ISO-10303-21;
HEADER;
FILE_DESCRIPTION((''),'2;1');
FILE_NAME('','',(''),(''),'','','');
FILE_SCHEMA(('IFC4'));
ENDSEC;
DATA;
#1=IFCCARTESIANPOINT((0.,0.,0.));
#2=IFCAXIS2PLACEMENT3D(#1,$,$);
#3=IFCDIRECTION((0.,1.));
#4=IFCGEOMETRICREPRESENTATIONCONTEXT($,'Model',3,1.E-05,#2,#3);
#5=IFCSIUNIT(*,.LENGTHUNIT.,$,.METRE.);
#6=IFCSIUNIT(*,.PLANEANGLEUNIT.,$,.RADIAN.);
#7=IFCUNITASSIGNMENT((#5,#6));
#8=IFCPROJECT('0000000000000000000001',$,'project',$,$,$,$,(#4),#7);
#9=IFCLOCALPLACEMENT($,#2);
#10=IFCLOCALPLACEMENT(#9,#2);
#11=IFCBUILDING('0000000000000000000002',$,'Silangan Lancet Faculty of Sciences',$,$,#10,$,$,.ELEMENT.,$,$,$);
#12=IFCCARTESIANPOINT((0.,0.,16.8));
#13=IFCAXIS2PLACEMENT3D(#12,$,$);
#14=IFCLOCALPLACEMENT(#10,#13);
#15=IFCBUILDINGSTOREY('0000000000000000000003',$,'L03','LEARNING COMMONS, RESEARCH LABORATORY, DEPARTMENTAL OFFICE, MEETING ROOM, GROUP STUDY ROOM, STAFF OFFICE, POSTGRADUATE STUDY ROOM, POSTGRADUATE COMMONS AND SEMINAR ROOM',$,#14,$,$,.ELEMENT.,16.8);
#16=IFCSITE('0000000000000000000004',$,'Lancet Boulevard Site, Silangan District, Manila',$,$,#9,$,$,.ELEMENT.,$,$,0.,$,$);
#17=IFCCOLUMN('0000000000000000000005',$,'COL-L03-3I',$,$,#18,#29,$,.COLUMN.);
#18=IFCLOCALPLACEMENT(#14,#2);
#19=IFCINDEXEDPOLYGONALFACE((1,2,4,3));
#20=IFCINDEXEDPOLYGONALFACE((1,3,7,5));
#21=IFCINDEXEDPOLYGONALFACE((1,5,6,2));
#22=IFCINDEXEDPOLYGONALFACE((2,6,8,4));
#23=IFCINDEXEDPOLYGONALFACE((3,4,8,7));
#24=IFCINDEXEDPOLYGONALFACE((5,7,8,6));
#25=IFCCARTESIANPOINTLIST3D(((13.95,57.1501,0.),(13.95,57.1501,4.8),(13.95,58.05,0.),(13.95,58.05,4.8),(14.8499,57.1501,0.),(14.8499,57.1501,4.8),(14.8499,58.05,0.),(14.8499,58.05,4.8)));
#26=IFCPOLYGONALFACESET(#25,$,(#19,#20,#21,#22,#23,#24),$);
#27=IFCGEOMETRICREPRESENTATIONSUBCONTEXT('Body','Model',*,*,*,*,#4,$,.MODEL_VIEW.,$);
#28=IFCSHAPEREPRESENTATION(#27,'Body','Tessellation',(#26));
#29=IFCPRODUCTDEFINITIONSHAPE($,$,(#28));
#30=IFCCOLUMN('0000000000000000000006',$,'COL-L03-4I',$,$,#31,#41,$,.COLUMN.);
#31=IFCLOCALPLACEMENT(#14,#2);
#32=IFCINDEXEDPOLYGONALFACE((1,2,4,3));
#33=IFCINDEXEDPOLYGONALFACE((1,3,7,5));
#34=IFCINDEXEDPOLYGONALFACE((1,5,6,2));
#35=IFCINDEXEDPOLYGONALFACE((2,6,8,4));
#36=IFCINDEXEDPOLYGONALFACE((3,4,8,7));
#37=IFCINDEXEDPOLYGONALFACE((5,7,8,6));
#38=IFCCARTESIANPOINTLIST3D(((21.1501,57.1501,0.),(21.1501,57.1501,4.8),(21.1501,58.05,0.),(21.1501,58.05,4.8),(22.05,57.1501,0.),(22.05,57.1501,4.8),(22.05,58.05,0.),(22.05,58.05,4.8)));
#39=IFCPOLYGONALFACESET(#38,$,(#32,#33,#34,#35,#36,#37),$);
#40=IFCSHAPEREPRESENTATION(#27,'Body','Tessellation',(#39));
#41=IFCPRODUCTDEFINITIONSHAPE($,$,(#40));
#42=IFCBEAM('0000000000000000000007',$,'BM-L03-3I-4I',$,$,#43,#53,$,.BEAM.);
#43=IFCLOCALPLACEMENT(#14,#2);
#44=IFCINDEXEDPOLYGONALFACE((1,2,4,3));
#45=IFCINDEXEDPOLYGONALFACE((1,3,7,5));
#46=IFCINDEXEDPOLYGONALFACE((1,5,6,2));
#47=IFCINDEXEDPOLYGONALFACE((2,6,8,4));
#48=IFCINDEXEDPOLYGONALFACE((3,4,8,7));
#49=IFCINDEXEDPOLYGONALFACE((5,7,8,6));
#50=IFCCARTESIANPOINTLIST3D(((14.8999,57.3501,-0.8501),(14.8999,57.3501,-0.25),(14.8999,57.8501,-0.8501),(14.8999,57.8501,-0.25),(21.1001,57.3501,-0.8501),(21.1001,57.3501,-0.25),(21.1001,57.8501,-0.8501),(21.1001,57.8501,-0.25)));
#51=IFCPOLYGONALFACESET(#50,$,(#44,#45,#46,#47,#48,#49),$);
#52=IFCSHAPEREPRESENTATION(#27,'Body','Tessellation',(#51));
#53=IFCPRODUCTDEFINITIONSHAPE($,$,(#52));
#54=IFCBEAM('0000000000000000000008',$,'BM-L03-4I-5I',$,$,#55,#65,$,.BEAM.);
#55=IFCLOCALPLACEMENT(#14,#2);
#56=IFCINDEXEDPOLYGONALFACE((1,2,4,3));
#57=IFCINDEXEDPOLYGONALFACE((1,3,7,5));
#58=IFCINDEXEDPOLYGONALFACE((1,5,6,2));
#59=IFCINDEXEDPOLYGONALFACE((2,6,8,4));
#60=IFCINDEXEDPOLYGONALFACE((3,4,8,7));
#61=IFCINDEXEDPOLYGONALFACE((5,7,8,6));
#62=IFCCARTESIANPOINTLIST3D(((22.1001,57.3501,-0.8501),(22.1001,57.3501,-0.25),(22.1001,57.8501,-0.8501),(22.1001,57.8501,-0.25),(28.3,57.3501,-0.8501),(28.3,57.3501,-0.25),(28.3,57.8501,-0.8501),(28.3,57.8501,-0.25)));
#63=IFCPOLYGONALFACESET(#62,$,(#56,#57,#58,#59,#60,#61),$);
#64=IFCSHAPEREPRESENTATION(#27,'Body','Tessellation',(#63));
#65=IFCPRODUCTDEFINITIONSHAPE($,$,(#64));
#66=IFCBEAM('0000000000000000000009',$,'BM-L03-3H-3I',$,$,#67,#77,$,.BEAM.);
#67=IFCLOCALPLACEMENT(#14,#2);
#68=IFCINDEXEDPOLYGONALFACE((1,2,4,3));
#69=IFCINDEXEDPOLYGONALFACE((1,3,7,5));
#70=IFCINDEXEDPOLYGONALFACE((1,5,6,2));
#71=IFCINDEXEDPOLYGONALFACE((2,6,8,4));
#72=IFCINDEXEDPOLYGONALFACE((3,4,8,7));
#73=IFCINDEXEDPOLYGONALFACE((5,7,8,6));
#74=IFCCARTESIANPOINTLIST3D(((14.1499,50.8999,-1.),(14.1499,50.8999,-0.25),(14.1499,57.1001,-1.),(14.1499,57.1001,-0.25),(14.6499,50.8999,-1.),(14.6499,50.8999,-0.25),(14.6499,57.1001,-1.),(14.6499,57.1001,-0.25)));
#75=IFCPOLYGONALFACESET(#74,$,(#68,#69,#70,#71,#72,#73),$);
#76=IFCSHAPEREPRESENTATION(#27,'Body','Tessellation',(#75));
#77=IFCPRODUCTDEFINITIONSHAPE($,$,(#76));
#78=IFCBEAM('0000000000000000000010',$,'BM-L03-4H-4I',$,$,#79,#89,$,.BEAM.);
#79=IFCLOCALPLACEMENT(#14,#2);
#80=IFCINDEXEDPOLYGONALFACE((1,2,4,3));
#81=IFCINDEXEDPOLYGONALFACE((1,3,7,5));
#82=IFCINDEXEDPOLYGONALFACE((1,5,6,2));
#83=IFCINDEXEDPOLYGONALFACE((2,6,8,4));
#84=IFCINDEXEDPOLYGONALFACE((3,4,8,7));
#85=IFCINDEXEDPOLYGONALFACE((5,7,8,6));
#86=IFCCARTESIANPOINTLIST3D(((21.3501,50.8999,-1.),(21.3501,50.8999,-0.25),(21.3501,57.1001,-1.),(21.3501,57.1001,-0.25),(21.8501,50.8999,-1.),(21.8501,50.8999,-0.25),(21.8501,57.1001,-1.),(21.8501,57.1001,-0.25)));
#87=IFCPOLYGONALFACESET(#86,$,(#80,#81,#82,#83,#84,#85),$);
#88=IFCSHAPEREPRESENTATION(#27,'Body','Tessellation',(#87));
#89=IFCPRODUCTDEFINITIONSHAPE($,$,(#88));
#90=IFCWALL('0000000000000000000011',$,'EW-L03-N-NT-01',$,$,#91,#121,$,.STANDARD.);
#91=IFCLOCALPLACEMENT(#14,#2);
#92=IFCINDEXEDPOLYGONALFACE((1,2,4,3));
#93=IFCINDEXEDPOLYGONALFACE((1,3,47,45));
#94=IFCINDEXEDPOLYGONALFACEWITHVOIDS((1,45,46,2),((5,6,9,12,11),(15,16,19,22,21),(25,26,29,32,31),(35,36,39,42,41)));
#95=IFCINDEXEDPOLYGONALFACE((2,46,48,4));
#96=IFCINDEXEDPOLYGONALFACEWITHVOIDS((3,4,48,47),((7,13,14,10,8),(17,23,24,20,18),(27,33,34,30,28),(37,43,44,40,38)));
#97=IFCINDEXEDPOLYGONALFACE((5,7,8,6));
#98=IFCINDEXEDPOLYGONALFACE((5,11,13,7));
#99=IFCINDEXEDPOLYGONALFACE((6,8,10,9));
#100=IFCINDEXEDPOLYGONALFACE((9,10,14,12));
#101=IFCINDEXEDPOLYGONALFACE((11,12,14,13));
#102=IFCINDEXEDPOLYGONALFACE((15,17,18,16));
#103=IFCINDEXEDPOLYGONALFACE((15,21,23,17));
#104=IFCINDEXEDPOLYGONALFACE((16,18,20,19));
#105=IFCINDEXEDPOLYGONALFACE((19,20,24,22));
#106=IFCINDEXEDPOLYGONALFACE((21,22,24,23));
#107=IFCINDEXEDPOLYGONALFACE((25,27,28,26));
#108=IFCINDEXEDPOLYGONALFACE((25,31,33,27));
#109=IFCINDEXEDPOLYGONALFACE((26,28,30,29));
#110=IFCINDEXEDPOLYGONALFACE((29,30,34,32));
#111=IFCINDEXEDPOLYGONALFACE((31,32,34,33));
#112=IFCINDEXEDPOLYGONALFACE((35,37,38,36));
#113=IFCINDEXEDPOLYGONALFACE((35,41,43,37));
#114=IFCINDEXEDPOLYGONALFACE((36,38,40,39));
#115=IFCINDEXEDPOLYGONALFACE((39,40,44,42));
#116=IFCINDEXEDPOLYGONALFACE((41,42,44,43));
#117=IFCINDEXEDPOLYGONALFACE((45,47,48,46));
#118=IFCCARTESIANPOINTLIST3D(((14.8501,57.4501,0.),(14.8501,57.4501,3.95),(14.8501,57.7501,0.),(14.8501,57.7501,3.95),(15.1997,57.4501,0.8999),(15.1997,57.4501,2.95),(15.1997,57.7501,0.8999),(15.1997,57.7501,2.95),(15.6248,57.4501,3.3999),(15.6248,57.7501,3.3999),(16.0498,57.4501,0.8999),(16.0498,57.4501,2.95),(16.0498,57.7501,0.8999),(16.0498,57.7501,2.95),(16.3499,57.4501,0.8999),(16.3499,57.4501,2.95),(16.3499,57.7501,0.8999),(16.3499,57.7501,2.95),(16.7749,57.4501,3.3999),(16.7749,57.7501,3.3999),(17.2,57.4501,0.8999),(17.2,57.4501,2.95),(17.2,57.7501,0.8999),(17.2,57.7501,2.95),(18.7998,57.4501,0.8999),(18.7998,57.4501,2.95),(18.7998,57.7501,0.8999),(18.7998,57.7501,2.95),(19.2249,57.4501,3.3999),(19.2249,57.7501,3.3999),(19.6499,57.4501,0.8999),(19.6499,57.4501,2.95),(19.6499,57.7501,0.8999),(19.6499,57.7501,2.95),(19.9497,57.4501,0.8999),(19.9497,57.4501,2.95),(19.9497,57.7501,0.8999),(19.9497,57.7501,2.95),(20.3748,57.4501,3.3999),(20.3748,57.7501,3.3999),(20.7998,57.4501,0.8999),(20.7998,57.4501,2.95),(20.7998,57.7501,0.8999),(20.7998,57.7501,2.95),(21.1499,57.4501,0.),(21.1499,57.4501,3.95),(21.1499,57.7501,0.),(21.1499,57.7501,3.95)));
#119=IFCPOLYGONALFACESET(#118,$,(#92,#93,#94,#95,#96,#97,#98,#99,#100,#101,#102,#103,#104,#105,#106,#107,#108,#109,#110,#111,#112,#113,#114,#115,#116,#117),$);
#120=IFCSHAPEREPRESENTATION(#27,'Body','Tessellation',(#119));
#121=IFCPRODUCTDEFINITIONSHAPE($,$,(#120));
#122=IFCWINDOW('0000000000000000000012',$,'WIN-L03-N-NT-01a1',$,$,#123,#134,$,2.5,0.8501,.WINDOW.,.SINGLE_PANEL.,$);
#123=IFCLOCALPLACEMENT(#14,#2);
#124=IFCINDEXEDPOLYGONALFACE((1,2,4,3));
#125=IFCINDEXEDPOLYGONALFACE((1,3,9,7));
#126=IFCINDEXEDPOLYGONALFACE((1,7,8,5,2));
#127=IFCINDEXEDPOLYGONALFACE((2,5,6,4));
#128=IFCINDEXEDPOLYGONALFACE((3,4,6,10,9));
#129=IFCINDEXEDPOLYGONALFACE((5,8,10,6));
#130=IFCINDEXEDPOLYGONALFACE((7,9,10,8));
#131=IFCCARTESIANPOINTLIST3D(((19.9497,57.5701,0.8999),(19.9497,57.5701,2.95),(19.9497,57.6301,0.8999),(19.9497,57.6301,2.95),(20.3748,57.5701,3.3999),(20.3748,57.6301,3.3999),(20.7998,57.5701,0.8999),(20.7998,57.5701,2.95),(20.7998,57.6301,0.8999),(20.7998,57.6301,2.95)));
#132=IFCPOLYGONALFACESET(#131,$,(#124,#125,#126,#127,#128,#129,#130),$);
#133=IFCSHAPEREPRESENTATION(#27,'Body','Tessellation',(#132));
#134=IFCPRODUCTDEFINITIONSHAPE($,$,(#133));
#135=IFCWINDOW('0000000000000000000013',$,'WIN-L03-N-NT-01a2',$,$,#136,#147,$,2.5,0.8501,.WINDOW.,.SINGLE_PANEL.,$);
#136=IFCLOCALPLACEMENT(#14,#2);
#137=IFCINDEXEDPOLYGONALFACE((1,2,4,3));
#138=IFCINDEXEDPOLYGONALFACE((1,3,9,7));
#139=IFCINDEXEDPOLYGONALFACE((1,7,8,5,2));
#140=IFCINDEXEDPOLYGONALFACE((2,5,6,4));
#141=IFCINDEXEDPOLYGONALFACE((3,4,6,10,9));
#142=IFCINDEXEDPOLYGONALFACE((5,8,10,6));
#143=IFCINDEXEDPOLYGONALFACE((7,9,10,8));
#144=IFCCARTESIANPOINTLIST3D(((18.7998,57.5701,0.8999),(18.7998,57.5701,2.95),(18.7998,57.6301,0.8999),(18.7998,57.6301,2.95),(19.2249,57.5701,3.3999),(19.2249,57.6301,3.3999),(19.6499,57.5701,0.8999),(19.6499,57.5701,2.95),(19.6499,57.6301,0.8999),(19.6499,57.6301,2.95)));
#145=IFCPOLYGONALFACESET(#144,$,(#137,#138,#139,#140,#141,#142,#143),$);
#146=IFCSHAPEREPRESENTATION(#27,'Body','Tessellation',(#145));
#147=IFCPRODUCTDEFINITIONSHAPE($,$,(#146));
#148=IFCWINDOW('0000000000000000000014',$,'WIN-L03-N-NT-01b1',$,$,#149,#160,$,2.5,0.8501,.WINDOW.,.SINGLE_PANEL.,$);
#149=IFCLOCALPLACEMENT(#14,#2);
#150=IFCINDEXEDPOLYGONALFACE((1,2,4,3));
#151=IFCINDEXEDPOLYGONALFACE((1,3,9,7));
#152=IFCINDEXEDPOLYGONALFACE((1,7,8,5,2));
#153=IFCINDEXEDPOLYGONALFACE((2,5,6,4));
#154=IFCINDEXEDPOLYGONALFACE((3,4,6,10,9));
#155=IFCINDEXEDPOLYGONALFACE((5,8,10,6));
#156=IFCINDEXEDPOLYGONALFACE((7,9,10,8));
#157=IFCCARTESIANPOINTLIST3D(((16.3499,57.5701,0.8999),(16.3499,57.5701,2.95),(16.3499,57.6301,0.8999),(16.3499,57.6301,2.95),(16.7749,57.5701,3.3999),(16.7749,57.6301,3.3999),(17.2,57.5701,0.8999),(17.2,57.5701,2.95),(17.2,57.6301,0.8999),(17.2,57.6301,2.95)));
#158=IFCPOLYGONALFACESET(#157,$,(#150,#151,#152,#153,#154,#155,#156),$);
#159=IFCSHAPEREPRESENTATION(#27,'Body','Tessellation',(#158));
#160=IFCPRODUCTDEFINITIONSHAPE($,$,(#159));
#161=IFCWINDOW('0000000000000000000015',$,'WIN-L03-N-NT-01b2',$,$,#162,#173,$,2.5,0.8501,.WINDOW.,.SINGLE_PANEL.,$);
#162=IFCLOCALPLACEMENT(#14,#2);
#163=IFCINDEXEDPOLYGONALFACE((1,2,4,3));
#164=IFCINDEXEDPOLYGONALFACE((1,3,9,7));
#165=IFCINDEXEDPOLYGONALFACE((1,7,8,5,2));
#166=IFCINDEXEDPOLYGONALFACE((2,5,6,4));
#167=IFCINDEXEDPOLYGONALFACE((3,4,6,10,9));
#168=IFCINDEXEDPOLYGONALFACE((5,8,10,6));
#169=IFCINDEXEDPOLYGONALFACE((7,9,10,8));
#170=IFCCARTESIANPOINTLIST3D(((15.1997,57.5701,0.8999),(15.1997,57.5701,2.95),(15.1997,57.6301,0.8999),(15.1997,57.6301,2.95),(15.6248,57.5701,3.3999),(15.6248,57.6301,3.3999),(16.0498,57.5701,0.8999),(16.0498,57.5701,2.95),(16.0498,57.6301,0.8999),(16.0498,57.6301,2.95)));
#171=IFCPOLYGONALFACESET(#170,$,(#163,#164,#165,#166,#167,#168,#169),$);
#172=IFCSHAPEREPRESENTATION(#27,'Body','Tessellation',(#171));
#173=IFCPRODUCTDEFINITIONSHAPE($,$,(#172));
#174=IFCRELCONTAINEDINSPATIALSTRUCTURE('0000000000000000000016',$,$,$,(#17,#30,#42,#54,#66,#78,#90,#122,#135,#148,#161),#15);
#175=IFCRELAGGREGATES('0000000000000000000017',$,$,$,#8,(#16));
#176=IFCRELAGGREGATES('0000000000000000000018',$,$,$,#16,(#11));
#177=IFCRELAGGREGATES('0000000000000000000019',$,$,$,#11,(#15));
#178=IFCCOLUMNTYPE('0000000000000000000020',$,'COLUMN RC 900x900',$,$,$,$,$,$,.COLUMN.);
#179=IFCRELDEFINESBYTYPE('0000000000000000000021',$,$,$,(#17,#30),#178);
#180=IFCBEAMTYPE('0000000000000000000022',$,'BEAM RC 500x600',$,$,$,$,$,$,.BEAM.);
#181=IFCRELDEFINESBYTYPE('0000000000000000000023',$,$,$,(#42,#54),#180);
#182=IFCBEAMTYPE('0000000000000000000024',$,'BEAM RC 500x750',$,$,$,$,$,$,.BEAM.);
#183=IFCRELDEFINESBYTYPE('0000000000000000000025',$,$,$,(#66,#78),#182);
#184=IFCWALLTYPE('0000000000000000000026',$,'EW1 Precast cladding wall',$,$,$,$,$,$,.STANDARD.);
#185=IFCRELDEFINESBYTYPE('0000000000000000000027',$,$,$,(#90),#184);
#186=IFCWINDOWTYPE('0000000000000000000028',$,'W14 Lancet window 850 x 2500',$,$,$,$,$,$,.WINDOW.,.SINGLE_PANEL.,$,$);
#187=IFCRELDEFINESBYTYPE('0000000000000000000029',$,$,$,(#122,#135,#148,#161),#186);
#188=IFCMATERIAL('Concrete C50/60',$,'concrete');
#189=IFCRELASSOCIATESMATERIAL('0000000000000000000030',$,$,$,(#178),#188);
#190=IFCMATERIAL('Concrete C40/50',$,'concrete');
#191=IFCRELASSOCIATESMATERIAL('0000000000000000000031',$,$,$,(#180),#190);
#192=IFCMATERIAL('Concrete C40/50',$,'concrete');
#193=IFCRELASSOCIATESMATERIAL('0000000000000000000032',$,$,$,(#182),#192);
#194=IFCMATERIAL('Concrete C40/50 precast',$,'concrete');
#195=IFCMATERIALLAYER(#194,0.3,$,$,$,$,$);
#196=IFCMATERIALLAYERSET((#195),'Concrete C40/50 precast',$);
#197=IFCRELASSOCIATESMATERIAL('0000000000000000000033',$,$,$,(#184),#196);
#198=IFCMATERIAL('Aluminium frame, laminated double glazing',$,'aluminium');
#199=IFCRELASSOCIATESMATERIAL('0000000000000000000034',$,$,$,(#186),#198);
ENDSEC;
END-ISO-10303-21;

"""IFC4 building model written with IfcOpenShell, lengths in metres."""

from ifc_helpers import new_model, si_unit, direction, frame, frame_2d, origin, origin_2d, place, context, subcontext, project, spatial, polyline, rectangle, outline, extrude, material, layer, layer_set, material_profile, profile_set, type_object, element, fill, save


model = new_model("IFC4")

# Units and contexts
model_context = context("Model", 3, precision=1e-05, world=origin(), true_north=direction((0.0, 1.0)))
body_context = subcontext(model_context, "Body", "Model", "MODEL_VIEW")
ifc_project = project(units=[si_unit("LENGTHUNIT", "METRE"), si_unit("PLANEANGLEUNIT", "RADIAN")], contexts=[model_context])

# Site, building, storey
site_placement = place(None, origin())
site = spatial("IfcSite", under=ifc_project, at=site_placement, Name="Lancet Boulevard Site, Silangan District, Manila", CompositionType="ELEMENT", RefElevation=0.0)
building_placement = place(site_placement, origin())
building = spatial("IfcBuilding", under=site, at=building_placement, Name="Silangan Lancet Faculty of Sciences", CompositionType="ELEMENT")
storey_placement = place(building_placement, frame((0.0, 0.0, 16.8)))
storey = spatial("IfcBuildingStorey", under=building, at=storey_placement, Name="L03", Description="LEARNING COMMONS, RESEARCH LABORATORY, DEPARTMENTAL OFFICE, MEETING ROOM, GROUP STUDY ROOM, STAFF OFFICE, POSTGRADUATE STUDY ROOM, POSTGRADUATE COMMONS AND SEMINAR ROOM", CompositionType="ELEMENT", Elevation=16.8)

# Columns
ifc_material_1 = material(Name="Concrete C50/60", Category="concrete")
ifc_material_profile_1 = material_profile(ifc_material_1, rectangle(XDim=0.8999, YDim=0.8999, at=origin_2d()), Name="RC 900x900")
ifc_profile_set_1 = profile_set([ifc_material_profile_1], Name="Concrete C50/60")
column_type = type_object("IfcColumnType", Name="COLUMN RC 900x900", PredefinedType="COLUMN", material=ifc_profile_set_1)
for number, where, z_axis, x_axis, name in (
    (1, (14.3999, 57.6001, 0.0), (0.0, 0.0, 1.0), (1.0, 0.0, 0.0), "COL-L03-3I"),
    (2, (21.6001, 57.6001, 0.0), (0.0, 0.0, 1.0), (1.0, 0.0, 0.0), "COL-L03-4I"),
):
    element("IfcColumn", number, at=place(storey_placement, frame(where, z_axis=z_axis, x_axis=x_axis)), inside=storey, type_object=column_type, Name=name, PredefinedType="COLUMN", context=body_context, shape_type="SweptSolid", body=[
        extrude(rectangle(XDim=0.8999, YDim=0.8999, at=origin_2d()), origin(), (0.0, 0.0, 1.0), 4.8),
    ])

# Beams
ifc_material_2 = material(Name="Concrete C40/50", Category="concrete")
ifc_material_profile_2 = material_profile(ifc_material_2, rectangle(XDim=0.5, YDim=0.6001, at=origin_2d()), Name="RC 500x600")
ifc_profile_set_2 = profile_set([ifc_material_profile_2], Name="Concrete C40/50")
beam_type_1 = type_object("IfcBeamType", Name="BEAM RC 500x600", PredefinedType="BEAM", material=ifc_profile_set_2)
beam_1_placement = place(storey_placement, frame((14.8999, 57.6001, -0.55), z_axis=(1.0, 0.0, 0.0), x_axis=(0.0, 1.0, 0.0)))
element("IfcBeam", 3, at=beam_1_placement, inside=storey, type_object=beam_type_1, Name="BM-L03-3I-4I", PredefinedType="BEAM", context=body_context, shape_type="SweptSolid", body=[
    extrude(rectangle(XDim=0.5, YDim=0.6001, at=origin_2d()), origin(), (0.0, 0.0, 1.0), 6.2002),
])
beam_2_placement = place(storey_placement, frame((22.1001, 57.6001, -0.55), z_axis=(1.0, 0.0, 0.0), x_axis=(0.0, 1.0, 0.0)))
element("IfcBeam", 4, at=beam_2_placement, inside=storey, type_object=beam_type_1, Name="BM-L03-4I-5I", PredefinedType="BEAM", context=body_context, shape_type="SweptSolid", body=[
    extrude(rectangle(XDim=0.5, YDim=0.6001, at=origin_2d()), origin(), (0.0, 0.0, 1.0), 6.2),
])
ifc_material_3 = material(Name="Concrete C40/50", Category="concrete")
ifc_material_profile_3 = material_profile(ifc_material_3, rectangle(XDim=0.5, YDim=0.75, at=origin_2d()), Name="RC 500x750")
ifc_profile_set_3 = profile_set([ifc_material_profile_3], Name="Concrete C40/50")
beam_type_2 = type_object("IfcBeamType", Name="BEAM RC 500x750", PredefinedType="BEAM", material=ifc_profile_set_3)
for number, where, z_axis, x_axis, name in (
    (5, (14.3999, 50.8999, -0.625), (0.0, 1.0, 0.0), (-1.0, 0.0, 0.0), "BM-L03-3H-3I"),
    (6, (21.6001, 50.8999, -0.625), (0.0, 1.0, 0.0), (-1.0, 0.0, 0.0), "BM-L03-4H-4I"),
):
    element("IfcBeam", number, at=place(storey_placement, frame(where, z_axis=z_axis, x_axis=x_axis)), inside=storey, type_object=beam_type_2, Name=name, PredefinedType="BEAM", context=body_context, shape_type="SweptSolid", body=[
        extrude(rectangle(XDim=0.5, YDim=0.75, at=origin_2d()), origin(), (0.0, 0.0, 1.0), 6.2002),
    ])

# Wall, openings, windows
ifc_material_4 = material(Name="Concrete C40/50 precast", Category="concrete")
ifc_layer_1 = layer(ifc_material_4, 0.3)
ifc_layer_set_1 = layer_set([ifc_layer_1], Name="Concrete C40/50 precast")
wall_type_1 = type_object("IfcWallType", Name="EW1 Precast cladding wall", PredefinedType="STANDARD", material=ifc_layer_set_1)
wall_1_placement = place(storey_placement, frame((21.1499, 57.6001, 0.0), z_axis=(0.0, 0.0, 1.0), x_axis=(-1.0, 0.0, 0.0)))
wall_1 = element("IfcWall", 7, at=wall_1_placement, inside=storey, type_object=wall_type_1, Name="EW-L03-N-NT-01", PredefinedType="STANDARD", context=body_context, shape_type="SweptSolid", body=[
    extrude(rectangle(XDim=6.2998, YDim=0.3, at=frame_2d((3.1499, 0.0))), origin(), (0.0, 0.0, 1.0), 3.95),
])
opening_1_placement = place(wall_1_placement, frame((0.3501, 0.0, 0.8999)))
opening_1 = element("IfcOpeningElement", 8, at=opening_1_placement, cuts=wall_1, PredefinedType="OPENING", context=body_context, shape_type="SweptSolid", body=[
    extrude(outline(polyline([(0.0, 0.0), (0.8501, 0.0), (0.8501, 2.05), (0.425, 2.5), (0.0, 2.05), (0.0, 0.0)])), frame((0.0, 0.1599, 0.0), z_axis=(0.0, -1.0, 0.0), x_axis=(1.0, 0.0, 0.0)), (0.0, 0.0, 1.0), 0.3201),
])
opening_2_placement = place(wall_1_placement, frame((1.5, 0.0, 0.8999)))
opening_2 = element("IfcOpeningElement", 9, at=opening_2_placement, cuts=wall_1, PredefinedType="OPENING", context=body_context, shape_type="SweptSolid", body=[
    extrude(outline(polyline([(0.0, 0.0), (0.8501, 0.0), (0.8501, 2.05), (0.425, 2.5), (0.0, 2.05), (0.0, 0.0)])), frame((0.0, 0.1599, 0.0), z_axis=(0.0, -1.0, 0.0), x_axis=(1.0, 0.0, 0.0)), (0.0, 0.0, 1.0), 0.3201),
])
opening_3_placement = place(wall_1_placement, frame((3.95, 0.0, 0.8999)))
opening_3 = element("IfcOpeningElement", 10, at=opening_3_placement, cuts=wall_1, PredefinedType="OPENING", context=body_context, shape_type="SweptSolid", body=[
    extrude(outline(polyline([(0.0, 0.0), (0.8501, 0.0), (0.8501, 2.05), (0.425, 2.5), (0.0, 2.05), (0.0, 0.0)])), frame((0.0, 0.1599, 0.0), z_axis=(0.0, -1.0, 0.0), x_axis=(1.0, 0.0, 0.0)), (0.0, 0.0, 1.0), 0.3201),
])
opening_4_placement = place(wall_1_placement, frame((5.1001, 0.0, 0.8999)))
opening_4 = element("IfcOpeningElement", 11, at=opening_4_placement, cuts=wall_1, PredefinedType="OPENING", context=body_context, shape_type="SweptSolid", body=[
    extrude(outline(polyline([(0.0, 0.0), (0.8501, 0.0), (0.8501, 2.05), (0.425, 2.5), (0.0, 2.05), (0.0, 0.0)])), frame((0.0, 0.1599, 0.0), z_axis=(0.0, -1.0, 0.0), x_axis=(1.0, 0.0, 0.0)), (0.0, 0.0, 1.0), 0.3201),
])
ifc_material_5 = material(Name="Aluminium frame, laminated double glazing", Category="aluminium")
window_type_1 = type_object("IfcWindowType", Name="W14 Lancet window 850 x 2500", PartitioningType="SINGLE_PANEL", PredefinedType="WINDOW", material=ifc_material_5)
window_1_placement = place(opening_1_placement, origin())
window_1 = element("IfcWindow", 12, at=window_1_placement, inside=storey, type_object=window_type_1, Name="WIN-L03-N-NT-01a1", OverallHeight=2.5, OverallWidth=0.8501, PartitioningType="SINGLE_PANEL", PredefinedType="WINDOW", context=body_context, shape_type="SweptSolid", body=[
    extrude(outline(polyline([(0.0, 0.0), (0.8501, 0.0), (0.8501, 2.05), (0.425, 2.5), (0.0, 2.05), (0.0, 0.0)])), frame((0.0, 0.03, 0.0), z_axis=(0.0, -1.0, 0.0), x_axis=(1.0, 0.0, 0.0)), (0.0, 0.0, 1.0), 0.0601),
])
fill(opening_1, window_1)
window_2_placement = place(opening_2_placement, origin())
window_2 = element("IfcWindow", 13, at=window_2_placement, inside=storey, type_object=window_type_1, Name="WIN-L03-N-NT-01a2", OverallHeight=2.5, OverallWidth=0.8501, PartitioningType="SINGLE_PANEL", PredefinedType="WINDOW", context=body_context, shape_type="SweptSolid", body=[
    extrude(outline(polyline([(0.0, 0.0), (0.8501, 0.0), (0.8501, 2.05), (0.425, 2.5), (0.0, 2.05), (0.0, 0.0)])), frame((0.0, 0.03, 0.0), z_axis=(0.0, -1.0, 0.0), x_axis=(1.0, 0.0, 0.0)), (0.0, 0.0, 1.0), 0.0601),
])
fill(opening_2, window_2)
window_3_placement = place(opening_3_placement, origin())
window_3 = element("IfcWindow", 14, at=window_3_placement, inside=storey, type_object=window_type_1, Name="WIN-L03-N-NT-01b1", OverallHeight=2.5, OverallWidth=0.8501, PartitioningType="SINGLE_PANEL", PredefinedType="WINDOW", context=body_context, shape_type="SweptSolid", body=[
    extrude(outline(polyline([(0.0, 0.0), (0.8501, 0.0), (0.8501, 2.05), (0.425, 2.5), (0.0, 2.05), (0.0, 0.0)])), frame((0.0, 0.03, 0.0), z_axis=(0.0, -1.0, 0.0), x_axis=(1.0, 0.0, 0.0)), (0.0, 0.0, 1.0), 0.0601),
])
fill(opening_3, window_3)
window_4_placement = place(opening_4_placement, origin())
window_4 = element("IfcWindow", 15, at=window_4_placement, inside=storey, type_object=window_type_1, Name="WIN-L03-N-NT-01b2", OverallHeight=2.5, OverallWidth=0.8501, PartitioningType="SINGLE_PANEL", PredefinedType="WINDOW", context=body_context, shape_type="SweptSolid", body=[
    extrude(outline(polyline([(0.0, 0.0), (0.8501, 0.0), (0.8501, 2.05), (0.425, 2.5), (0.0, 2.05), (0.0, 0.0)])), frame((0.0, 0.03, 0.0), z_axis=(0.0, -1.0, 0.0), x_axis=(1.0, 0.0, 0.0)), (0.0, 0.0, 1.0), 0.0601),
])
fill(opening_4, window_4)

save(model, "model.ifc")
